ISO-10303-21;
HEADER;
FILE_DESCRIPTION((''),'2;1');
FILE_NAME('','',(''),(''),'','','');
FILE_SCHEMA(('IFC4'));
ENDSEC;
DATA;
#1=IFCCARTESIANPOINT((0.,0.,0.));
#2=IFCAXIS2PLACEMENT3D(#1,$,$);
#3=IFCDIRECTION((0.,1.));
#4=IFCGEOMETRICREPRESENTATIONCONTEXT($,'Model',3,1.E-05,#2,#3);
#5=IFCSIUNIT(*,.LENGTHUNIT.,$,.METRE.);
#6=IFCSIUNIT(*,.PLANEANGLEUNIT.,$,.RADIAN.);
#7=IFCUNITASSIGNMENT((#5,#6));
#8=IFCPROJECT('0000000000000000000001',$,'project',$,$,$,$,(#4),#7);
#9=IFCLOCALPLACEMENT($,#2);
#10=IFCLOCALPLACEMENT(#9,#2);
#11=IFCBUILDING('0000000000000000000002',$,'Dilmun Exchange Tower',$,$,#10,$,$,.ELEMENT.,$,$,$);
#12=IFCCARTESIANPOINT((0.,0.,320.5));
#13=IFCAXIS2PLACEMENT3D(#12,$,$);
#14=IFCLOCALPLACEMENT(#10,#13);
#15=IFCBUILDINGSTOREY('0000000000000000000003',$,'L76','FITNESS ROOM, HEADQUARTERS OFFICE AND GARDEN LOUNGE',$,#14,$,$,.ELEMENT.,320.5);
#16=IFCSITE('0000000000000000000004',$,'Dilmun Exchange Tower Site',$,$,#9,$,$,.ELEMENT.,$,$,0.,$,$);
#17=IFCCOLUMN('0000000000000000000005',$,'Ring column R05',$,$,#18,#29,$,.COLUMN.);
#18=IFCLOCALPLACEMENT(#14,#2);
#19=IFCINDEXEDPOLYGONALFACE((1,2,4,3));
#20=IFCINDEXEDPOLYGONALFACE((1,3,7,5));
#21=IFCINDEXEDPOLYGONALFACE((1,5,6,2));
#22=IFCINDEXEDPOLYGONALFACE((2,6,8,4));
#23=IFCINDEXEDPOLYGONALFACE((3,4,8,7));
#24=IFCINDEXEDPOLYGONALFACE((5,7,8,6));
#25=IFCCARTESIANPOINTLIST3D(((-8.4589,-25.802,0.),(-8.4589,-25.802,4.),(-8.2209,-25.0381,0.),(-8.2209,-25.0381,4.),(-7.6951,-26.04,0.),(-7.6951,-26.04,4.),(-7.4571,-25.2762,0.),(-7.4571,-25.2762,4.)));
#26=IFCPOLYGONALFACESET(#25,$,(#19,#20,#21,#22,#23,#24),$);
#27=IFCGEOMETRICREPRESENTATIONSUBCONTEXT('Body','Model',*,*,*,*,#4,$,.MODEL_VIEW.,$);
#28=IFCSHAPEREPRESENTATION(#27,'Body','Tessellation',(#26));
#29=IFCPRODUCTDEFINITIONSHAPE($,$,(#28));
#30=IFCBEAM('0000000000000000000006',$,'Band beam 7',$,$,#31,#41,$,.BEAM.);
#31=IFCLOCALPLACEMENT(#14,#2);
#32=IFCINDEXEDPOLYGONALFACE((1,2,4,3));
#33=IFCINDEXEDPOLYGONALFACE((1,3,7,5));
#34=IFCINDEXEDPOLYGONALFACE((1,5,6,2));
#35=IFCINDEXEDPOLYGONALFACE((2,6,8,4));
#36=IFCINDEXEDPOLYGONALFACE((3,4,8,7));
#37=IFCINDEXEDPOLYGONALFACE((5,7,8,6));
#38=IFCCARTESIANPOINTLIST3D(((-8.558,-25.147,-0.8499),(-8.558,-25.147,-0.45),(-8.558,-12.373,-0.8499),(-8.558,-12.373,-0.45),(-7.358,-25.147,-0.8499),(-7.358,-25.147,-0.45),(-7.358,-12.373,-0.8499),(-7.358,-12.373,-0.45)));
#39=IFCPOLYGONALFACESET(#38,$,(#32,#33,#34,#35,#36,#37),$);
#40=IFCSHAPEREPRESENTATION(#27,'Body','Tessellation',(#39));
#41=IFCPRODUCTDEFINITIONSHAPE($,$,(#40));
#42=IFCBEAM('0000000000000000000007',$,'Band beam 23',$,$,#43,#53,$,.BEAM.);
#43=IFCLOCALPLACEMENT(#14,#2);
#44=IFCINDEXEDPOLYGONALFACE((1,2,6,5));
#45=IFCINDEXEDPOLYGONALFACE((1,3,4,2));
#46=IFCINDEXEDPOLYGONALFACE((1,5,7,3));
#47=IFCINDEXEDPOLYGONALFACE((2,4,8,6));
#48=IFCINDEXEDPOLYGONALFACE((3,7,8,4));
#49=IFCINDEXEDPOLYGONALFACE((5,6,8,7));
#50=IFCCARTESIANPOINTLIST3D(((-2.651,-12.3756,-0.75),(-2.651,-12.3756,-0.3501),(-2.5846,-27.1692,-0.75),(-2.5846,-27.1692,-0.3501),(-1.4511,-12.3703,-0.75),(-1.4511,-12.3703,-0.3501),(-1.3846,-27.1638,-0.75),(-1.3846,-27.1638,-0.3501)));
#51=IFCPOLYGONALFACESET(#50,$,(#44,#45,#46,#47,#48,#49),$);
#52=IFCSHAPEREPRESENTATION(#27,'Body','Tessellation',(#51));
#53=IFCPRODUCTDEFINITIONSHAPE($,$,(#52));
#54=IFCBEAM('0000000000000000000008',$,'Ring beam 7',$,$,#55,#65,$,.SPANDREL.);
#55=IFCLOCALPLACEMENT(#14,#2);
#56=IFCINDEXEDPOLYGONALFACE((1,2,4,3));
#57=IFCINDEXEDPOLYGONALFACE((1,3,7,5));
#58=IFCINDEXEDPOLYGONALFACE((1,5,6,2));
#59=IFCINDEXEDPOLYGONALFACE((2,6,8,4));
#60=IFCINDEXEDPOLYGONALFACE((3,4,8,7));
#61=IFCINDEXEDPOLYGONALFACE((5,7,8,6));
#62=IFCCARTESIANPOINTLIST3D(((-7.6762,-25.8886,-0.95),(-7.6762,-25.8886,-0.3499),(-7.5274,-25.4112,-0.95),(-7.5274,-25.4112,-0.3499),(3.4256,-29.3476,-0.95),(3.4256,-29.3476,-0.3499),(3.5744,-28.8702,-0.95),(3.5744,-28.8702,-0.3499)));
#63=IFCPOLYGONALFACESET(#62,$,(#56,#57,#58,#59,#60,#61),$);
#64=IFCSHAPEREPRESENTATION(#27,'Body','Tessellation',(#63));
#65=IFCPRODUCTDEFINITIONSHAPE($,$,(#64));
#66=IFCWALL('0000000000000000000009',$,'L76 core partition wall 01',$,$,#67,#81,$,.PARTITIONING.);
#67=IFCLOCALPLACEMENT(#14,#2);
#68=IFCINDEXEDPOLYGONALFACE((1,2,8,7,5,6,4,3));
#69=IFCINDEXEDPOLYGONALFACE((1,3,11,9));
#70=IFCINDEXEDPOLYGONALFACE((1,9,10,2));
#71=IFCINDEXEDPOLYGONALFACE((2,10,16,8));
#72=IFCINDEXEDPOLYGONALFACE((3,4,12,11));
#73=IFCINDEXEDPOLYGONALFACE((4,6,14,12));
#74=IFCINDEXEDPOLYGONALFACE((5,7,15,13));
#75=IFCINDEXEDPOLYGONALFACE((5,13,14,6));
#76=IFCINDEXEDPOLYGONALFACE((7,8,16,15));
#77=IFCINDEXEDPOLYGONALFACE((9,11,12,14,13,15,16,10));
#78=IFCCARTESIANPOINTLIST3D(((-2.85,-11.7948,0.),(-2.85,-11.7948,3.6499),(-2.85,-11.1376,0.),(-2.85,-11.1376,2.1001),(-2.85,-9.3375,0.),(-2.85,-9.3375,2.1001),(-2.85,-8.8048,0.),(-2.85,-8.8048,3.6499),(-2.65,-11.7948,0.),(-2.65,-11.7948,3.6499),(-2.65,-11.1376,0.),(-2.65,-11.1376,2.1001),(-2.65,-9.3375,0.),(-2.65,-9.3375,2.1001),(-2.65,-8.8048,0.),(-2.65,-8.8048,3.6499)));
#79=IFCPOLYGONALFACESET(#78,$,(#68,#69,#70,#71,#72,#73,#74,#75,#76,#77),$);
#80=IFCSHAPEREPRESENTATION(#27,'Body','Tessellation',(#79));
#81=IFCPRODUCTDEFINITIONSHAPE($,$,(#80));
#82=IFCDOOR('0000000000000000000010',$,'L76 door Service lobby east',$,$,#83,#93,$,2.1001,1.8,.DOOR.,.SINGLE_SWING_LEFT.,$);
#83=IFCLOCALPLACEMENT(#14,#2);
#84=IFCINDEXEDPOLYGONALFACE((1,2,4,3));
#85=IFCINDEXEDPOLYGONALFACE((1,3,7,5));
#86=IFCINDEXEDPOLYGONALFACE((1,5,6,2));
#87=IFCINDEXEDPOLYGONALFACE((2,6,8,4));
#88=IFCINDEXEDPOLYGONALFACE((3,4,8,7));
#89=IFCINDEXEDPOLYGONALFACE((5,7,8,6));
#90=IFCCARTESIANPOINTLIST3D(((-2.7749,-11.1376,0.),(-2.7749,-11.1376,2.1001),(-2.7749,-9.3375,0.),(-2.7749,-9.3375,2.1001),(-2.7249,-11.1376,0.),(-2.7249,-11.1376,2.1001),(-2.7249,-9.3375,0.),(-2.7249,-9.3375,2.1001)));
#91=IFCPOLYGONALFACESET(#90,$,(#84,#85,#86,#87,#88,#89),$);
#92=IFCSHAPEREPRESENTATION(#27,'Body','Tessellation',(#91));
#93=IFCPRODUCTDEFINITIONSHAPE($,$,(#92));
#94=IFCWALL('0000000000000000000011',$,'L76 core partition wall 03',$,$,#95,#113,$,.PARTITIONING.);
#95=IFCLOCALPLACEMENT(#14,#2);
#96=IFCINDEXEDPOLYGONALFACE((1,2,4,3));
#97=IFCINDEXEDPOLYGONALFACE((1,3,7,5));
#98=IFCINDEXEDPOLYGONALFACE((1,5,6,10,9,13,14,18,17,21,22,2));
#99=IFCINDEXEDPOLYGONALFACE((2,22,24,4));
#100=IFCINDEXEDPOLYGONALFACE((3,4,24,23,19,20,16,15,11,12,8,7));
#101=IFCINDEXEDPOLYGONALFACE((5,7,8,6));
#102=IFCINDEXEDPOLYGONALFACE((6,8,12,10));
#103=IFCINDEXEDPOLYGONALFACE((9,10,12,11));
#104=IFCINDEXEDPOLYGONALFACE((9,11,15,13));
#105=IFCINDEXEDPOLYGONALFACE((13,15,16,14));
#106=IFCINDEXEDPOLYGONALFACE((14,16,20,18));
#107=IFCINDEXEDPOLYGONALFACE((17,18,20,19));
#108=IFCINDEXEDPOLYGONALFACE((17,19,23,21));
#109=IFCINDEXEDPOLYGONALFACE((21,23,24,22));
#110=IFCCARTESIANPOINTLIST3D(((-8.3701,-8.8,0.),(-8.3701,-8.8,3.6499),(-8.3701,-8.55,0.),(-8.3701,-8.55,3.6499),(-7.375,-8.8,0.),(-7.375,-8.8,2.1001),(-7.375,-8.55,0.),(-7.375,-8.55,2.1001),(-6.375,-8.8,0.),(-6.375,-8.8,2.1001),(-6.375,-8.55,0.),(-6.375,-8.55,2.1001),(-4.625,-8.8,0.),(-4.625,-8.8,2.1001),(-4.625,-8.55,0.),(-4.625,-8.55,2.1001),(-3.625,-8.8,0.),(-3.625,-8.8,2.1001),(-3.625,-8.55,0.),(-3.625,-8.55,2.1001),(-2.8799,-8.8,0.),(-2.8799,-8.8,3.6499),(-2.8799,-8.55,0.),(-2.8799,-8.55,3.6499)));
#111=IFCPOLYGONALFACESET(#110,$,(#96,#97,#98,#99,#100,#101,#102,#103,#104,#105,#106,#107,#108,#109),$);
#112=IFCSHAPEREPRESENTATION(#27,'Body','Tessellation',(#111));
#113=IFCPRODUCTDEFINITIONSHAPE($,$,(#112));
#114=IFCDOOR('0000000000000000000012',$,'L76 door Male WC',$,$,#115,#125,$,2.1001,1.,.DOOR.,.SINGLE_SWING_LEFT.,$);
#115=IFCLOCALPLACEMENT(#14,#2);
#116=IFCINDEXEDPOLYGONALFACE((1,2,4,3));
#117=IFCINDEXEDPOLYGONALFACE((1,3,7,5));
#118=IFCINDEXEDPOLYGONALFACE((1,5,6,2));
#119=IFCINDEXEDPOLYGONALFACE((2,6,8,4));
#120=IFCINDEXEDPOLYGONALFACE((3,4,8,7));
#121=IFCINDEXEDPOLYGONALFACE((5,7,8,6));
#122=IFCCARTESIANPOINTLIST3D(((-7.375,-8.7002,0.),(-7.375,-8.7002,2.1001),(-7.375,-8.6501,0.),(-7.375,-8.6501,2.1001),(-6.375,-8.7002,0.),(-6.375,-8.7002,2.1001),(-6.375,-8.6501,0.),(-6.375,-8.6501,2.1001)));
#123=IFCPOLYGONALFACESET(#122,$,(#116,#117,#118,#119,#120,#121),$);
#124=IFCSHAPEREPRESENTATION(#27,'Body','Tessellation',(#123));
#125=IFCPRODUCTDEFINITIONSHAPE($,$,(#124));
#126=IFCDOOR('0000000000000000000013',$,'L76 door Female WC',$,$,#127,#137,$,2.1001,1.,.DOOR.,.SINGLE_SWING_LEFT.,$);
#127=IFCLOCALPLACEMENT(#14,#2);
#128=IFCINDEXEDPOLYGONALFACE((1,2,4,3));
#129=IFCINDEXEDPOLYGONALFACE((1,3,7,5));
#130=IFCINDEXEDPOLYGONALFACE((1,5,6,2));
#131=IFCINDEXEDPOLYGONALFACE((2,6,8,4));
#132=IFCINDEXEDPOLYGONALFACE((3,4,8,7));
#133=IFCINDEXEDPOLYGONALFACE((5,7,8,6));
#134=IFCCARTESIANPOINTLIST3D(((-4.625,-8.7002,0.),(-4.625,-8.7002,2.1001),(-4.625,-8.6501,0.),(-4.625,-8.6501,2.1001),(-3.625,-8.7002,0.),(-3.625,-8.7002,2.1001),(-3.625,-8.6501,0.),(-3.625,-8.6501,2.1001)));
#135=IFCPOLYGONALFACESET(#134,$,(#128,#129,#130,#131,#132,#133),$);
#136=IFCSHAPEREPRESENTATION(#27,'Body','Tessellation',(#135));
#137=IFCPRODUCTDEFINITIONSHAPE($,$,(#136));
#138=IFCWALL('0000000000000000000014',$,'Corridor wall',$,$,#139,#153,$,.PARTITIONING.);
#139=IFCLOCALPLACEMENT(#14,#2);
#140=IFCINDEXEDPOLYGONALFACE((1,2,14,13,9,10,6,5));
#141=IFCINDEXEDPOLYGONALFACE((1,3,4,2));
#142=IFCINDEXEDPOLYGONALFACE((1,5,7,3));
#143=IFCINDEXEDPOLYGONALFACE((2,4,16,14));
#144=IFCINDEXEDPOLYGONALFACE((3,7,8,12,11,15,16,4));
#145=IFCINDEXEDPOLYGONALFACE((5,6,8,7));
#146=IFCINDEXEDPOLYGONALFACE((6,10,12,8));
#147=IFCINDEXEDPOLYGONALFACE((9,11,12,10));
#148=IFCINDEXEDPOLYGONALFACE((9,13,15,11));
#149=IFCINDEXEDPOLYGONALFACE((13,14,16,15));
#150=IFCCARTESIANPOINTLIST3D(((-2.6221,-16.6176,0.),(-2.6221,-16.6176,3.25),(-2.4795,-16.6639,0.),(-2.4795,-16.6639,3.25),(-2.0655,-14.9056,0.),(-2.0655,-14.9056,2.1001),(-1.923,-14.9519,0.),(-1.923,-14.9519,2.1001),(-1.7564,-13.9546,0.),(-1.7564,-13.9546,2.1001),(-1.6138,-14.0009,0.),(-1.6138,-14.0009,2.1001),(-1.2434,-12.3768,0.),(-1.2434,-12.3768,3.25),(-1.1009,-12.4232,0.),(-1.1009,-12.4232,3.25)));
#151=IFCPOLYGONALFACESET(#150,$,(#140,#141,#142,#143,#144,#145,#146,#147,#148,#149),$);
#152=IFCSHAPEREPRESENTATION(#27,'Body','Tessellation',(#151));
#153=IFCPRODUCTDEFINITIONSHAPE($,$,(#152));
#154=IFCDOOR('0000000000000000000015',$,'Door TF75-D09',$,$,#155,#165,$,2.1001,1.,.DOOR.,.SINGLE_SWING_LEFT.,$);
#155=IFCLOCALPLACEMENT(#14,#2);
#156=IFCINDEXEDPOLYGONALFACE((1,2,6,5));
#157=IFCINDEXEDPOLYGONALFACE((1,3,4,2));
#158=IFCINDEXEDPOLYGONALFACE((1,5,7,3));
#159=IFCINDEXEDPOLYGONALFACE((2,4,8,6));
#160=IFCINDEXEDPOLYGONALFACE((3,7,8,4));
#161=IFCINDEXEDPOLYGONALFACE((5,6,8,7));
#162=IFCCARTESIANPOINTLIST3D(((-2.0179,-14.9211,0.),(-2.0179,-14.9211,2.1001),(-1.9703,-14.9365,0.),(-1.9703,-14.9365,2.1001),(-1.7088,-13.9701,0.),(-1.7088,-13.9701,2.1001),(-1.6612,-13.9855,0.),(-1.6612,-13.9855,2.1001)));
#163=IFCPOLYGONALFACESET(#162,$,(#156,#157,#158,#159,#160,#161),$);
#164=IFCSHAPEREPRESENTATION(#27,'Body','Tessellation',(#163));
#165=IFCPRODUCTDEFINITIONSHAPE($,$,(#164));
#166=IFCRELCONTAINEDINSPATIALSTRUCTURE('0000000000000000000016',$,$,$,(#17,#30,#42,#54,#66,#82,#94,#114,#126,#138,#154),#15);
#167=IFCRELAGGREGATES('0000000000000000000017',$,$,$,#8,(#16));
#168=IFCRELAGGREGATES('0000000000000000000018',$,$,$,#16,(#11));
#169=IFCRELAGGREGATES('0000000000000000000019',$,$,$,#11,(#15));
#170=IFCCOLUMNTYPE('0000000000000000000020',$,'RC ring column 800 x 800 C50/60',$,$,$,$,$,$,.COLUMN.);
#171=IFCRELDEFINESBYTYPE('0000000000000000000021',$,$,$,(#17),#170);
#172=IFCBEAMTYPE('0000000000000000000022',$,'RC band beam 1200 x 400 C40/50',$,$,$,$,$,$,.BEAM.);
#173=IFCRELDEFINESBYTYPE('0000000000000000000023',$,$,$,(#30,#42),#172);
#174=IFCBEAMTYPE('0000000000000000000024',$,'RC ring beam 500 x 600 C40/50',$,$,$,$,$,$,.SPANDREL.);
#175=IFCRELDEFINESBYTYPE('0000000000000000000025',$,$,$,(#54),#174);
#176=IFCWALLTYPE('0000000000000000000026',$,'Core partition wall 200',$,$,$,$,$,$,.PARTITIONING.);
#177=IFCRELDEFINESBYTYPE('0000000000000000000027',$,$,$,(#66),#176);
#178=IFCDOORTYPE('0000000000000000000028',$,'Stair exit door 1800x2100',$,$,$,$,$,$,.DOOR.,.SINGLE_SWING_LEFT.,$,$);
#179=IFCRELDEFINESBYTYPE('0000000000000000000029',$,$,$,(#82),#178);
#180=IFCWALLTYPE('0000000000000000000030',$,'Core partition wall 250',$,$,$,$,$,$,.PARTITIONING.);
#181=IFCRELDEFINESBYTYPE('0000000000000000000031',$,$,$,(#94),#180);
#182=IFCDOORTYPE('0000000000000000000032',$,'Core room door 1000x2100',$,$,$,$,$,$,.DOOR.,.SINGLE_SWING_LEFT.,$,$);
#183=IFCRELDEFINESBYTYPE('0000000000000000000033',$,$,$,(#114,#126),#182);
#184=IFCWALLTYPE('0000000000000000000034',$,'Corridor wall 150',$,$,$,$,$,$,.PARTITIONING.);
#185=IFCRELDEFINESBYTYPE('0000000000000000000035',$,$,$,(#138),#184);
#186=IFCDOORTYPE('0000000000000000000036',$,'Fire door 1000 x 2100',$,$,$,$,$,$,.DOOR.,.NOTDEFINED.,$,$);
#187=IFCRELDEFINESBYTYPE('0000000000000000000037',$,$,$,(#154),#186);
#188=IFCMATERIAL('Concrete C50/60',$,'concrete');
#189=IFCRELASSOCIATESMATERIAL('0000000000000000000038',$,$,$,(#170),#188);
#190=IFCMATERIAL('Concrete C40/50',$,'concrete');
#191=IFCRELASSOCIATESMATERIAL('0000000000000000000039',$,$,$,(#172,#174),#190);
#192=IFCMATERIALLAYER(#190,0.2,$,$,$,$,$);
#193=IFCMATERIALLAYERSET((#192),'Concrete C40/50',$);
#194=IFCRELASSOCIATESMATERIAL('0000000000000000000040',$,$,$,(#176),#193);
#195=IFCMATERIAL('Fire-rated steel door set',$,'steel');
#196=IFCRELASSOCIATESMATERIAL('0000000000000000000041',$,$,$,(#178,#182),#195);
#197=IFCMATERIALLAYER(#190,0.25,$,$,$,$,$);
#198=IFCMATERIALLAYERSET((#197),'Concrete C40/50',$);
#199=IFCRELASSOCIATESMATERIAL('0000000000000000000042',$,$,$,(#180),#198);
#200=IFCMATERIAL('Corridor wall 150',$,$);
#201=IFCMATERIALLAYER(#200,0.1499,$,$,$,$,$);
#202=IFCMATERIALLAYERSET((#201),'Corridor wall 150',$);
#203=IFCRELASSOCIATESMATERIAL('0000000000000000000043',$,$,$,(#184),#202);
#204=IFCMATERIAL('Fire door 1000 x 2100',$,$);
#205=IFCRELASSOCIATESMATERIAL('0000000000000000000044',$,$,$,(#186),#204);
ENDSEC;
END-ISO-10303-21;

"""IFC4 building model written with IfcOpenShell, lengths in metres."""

from ifc_helpers import new_model, si_unit, direction, frame, frame_2d, origin, origin_2d, place, context, subcontext, project, spatial, rectangle, extrude, material, layer, layer_set, material_profile, profile_set, type_object, element, fill, save


model = new_model("IFC4")

# Units and contexts
model_context = context("Model", 3, precision=1e-05, world=origin(), true_north=direction((0.0, 1.0)))
body_context = subcontext(model_context, "Body", "Model", "MODEL_VIEW")
ifc_project = project(units=[si_unit("LENGTHUNIT", "METRE"), si_unit("PLANEANGLEUNIT", "RADIAN")], contexts=[model_context])

# Site, building, storey
site_placement = place(None, origin())
site = spatial("IfcSite", under=ifc_project, at=site_placement, Name="Dilmun Exchange Tower Site", CompositionType="ELEMENT", RefElevation=0.0)
building_placement = place(site_placement, origin())
building = spatial("IfcBuilding", under=site, at=building_placement, Name="Dilmun Exchange Tower", CompositionType="ELEMENT")
storey_placement = place(building_placement, frame((0.0, 0.0, 320.5)))
storey = spatial("IfcBuildingStorey", under=building, at=storey_placement, Name="L76", Description="FITNESS ROOM, HEADQUARTERS OFFICE AND GARDEN LOUNGE", CompositionType="ELEMENT", Elevation=320.5)

# Column
ifc_material_1 = material(Name="Concrete C50/60", Category="concrete")
ifc_material_profile_1 = material_profile(ifc_material_1, rectangle(XDim=0.8, YDim=0.8, at=origin_2d()), Name="800 x 800")
ifc_profile_set_1 = profile_set([ifc_material_profile_1], Name="Concrete C50/60")
column_type = type_object("IfcColumnType", Name="RC ring column 800 x 800 C50/60", PredefinedType="COLUMN", material=ifc_profile_set_1)
column_placement = place(storey_placement, frame((-7.958, -25.5391, 0.0), z_axis=(0.0, 0.0, 1.0), x_axis=(0.297503, 0.954721, 0.0)))
element("IfcColumn", 1, at=column_placement, inside=storey, type_object=column_type, Name="Ring column R05", PredefinedType="COLUMN", context=body_context, shape_type="SweptSolid", body=[
    extrude(rectangle(XDim=0.8, YDim=0.8, at=origin_2d()), origin(), (0.0, 0.0, 1.0), 4.0),
])

# Beams
ifc_material_2 = material(Name="Concrete C40/50", Category="concrete")
ifc_material_profile_2 = material_profile(ifc_material_2, rectangle(XDim=1.2, YDim=0.3999, at=origin_2d()), Name="1200 x 400")
ifc_profile_set_2 = profile_set([ifc_material_profile_2], Name="Concrete C40/50")
beam_type_1 = type_object("IfcBeamType", Name="RC band beam 1200 x 400 C40/50", PredefinedType="BEAM", material=ifc_profile_set_2)
beam_1_placement = place(storey_placement, frame((-7.958, -25.147, -0.6499), z_axis=(0.0, 1.0, 0.0), x_axis=(-1.0, 0.0, 0.0)))
element("IfcBeam", 2, at=beam_1_placement, inside=storey, type_object=beam_type_1, Name="Band beam 7", PredefinedType="BEAM", context=body_context, shape_type="SweptSolid", body=[
    extrude(rectangle(XDim=1.2, YDim=0.3999, at=origin_2d()), origin(), (0.0, 0.0, 1.0), 12.7739),
])
beam_2_placement = place(storey_placement, frame((-1.9846, -27.1665, -0.55), z_axis=(-0.004489, 0.99999, 0.0), x_axis=(-0.99999, -0.004489, 0.0)))
element("IfcBeam", 3, at=beam_2_placement, inside=storey, type_object=beam_type_1, Name="Band beam 23", PredefinedType="BEAM", context=body_context, shape_type="SweptSolid", body=[
    extrude(rectangle(XDim=1.2, YDim=0.3999, at=origin_2d()), origin(), (0.0, 0.0, 1.0), 14.7937),
])
ifc_material_profile_3 = material_profile(ifc_material_2, rectangle(XDim=0.5, YDim=0.6001, at=origin_2d()), Name="500 x 600")
ifc_profile_set_3 = profile_set([ifc_material_profile_3], Name="Concrete C40/50")
beam_type_2 = type_object("IfcBeamType", Name="RC ring beam 500 x 600 C40/50", PredefinedType="SPANDREL", material=ifc_profile_set_3)
beam_3_placement = place(storey_placement, frame((-7.6018, -25.6499, -0.6499), z_axis=(0.954733, -0.297466, 0.0), x_axis=(0.297466, 0.954733, 0.0)))
element("IfcBeam", 4, at=beam_3_placement, inside=storey, type_object=beam_type_2, Name="Ring beam 7", PredefinedType="SPANDREL", context=body_context, shape_type="SweptSolid", body=[
    extrude(rectangle(XDim=0.5, YDim=0.6001, at=origin_2d()), origin(), (0.0, 0.0, 1.0), 11.6282),
])

# Wall, opening, door
ifc_layer_1 = layer(ifc_material_2, 0.2)
ifc_layer_set_1 = layer_set([ifc_layer_1], Name="Concrete C40/50")
wall_type_1 = type_object("IfcWallType", Name="Core partition wall 200", PredefinedType="PARTITIONING", material=ifc_layer_set_1)
wall_1_placement = place(storey_placement, frame((-2.75, -11.7949, 0.0), z_axis=(0.0, 0.0, 1.0), x_axis=(0.0, 1.0, 0.0)))
wall_1 = element("IfcWall", 5, at=wall_1_placement, inside=storey, type_object=wall_type_1, Name="L76 core partition wall 01", PredefinedType="PARTITIONING", context=body_context, shape_type="SweptSolid", body=[
    extrude(rectangle(XDim=2.99, YDim=0.2, at=frame_2d((1.4951, 0.0))), origin(), (0.0, 0.0, 1.0), 3.6499),
])
opening_1_placement = place(wall_1_placement, frame((0.6575, 0.0, 0.0)))
opening_1 = element("IfcOpeningElement", 6, at=opening_1_placement, cuts=wall_1, PredefinedType="OPENING", context=body_context, shape_type="SweptSolid", body=[
    extrude(rectangle(XDim=1.8, YDim=2.1001, at=frame_2d((0.8999, 1.05))), frame((0.0, 0.1099, 0.0), z_axis=(0.0, -1.0, 0.0), x_axis=(1.0, 0.0, 0.0)), (0.0, 0.0, 1.0), 0.22),
])
ifc_material_3 = material(Name="Fire-rated steel door set", Category="steel")
door_type_1 = type_object("IfcDoorType", Name="Stair exit door 1800x2100", OperationType="SINGLE_SWING_LEFT", PredefinedType="DOOR", material=ifc_material_3)
door_1_placement = place(opening_1_placement, origin())
door_1 = element("IfcDoor", 7, at=door_1_placement, inside=storey, type_object=door_type_1, Name="L76 door Service lobby east", OperationType="SINGLE_SWING_LEFT", OverallHeight=2.1001, OverallWidth=1.8, PredefinedType="DOOR", context=body_context, shape_type="SweptSolid", body=[
    extrude(rectangle(XDim=1.8, YDim=2.1001, at=frame_2d((0.8999, 1.05))), frame((0.0, 0.0249, 0.0), z_axis=(0.0, -1.0, 0.0), x_axis=(1.0, 0.0, 0.0)), (0.0, 0.0, 1.0), 0.05),
])
fill(opening_1, door_1)

# Wall, openings, doors
ifc_layer_2 = layer(ifc_material_2, 0.25)
ifc_layer_set_2 = layer_set([ifc_layer_2], Name="Concrete C40/50")
wall_type_2 = type_object("IfcWallType", Name="Core partition wall 250", PredefinedType="PARTITIONING", material=ifc_layer_set_2)
wall_2_placement = place(storey_placement, frame((-8.3701, -8.675, 0.0), z_axis=(0.0, 0.0, 1.0), x_axis=(1.0, 0.0, 0.0)))
wall_2 = element("IfcWall", 8, at=wall_2_placement, inside=storey, type_object=wall_type_2, Name="L76 core partition wall 03", PredefinedType="PARTITIONING", context=body_context, shape_type="SweptSolid", body=[
    extrude(rectangle(XDim=5.4902, YDim=0.25, at=frame_2d((2.7451, 0.0))), origin(), (0.0, 0.0, 1.0), 3.6499),
])
opening_2_placement = place(wall_2_placement, frame((0.9951, 0.0, 0.0)))
opening_2 = element("IfcOpeningElement", 9, at=opening_2_placement, cuts=wall_2, PredefinedType="OPENING", context=body_context, shape_type="SweptSolid", body=[
    extrude(rectangle(XDim=1.0, YDim=2.1001, at=frame_2d((0.5, 1.05))), frame((0.0, 0.135, 0.0), z_axis=(0.0, -1.0, 0.0), x_axis=(1.0, 0.0, 0.0)), (0.0, 0.0, 1.0), 0.27),
])
opening_3_placement = place(wall_2_placement, frame((3.7451, 0.0, 0.0)))
opening_3 = element("IfcOpeningElement", 10, at=opening_3_placement, cuts=wall_2, PredefinedType="OPENING", context=body_context, shape_type="SweptSolid", body=[
    extrude(rectangle(XDim=1.0, YDim=2.1001, at=frame_2d((0.5, 1.05))), frame((0.0, 0.135, 0.0), z_axis=(0.0, -1.0, 0.0), x_axis=(1.0, 0.0, 0.0)), (0.0, 0.0, 1.0), 0.27),
])
door_type_2 = type_object("IfcDoorType", Name="Core room door 1000x2100", OperationType="SINGLE_SWING_LEFT", PredefinedType="DOOR", material=ifc_material_3)
door_2_placement = place(opening_2_placement, origin())
door_2 = element("IfcDoor", 11, at=door_2_placement, inside=storey, type_object=door_type_2, Name="L76 door Male WC", OperationType="SINGLE_SWING_LEFT", OverallHeight=2.1001, OverallWidth=1.0, PredefinedType="DOOR", context=body_context, shape_type="SweptSolid", body=[
    extrude(rectangle(XDim=1.0, YDim=2.1001, at=frame_2d((0.5, 1.05))), frame((0.0, 0.0249, 0.0), z_axis=(0.0, -1.0, 0.0), x_axis=(1.0, 0.0, 0.0)), (0.0, 0.0, 1.0), 0.05),
])
fill(opening_2, door_2)
door_3_placement = place(opening_3_placement, origin())
door_3 = element("IfcDoor", 12, at=door_3_placement, inside=storey, type_object=door_type_2, Name="L76 door Female WC", OperationType="SINGLE_SWING_LEFT", OverallHeight=2.1001, OverallWidth=1.0, PredefinedType="DOOR", context=body_context, shape_type="SweptSolid", body=[
    extrude(rectangle(XDim=1.0, YDim=2.1001, at=frame_2d((0.5, 1.05))), frame((0.0, 0.0249, 0.0), z_axis=(0.0, -1.0, 0.0), x_axis=(1.0, 0.0, 0.0)), (0.0, 0.0, 1.0), 0.05),
])
fill(opening_3, door_3)

# Wall, opening, door
ifc_material_4 = material(Name="Corridor wall 150")
ifc_layer_3 = layer(ifc_material_4, 0.1499)
ifc_layer_set_3 = layer_set([ifc_layer_3], Name="Corridor wall 150")
wall_type_3 = type_object("IfcWallType", Name="Corridor wall 150", PredefinedType="PARTITIONING", material=ifc_layer_set_3)
wall_3_placement = place(storey_placement, frame((-2.5508, -16.6406, 0.0), z_axis=(0.0, 0.0, 1.0), x_axis=(0.309173, 0.951006, 0.0)))
wall_3 = element("IfcWall", 13, at=wall_3_placement, inside=storey, type_object=wall_type_3, Name="Corridor wall", PredefinedType="PARTITIONING", context=body_context, shape_type="SweptSolid", body=[
    extrude(rectangle(XDim=4.4592, YDim=0.1499, at=frame_2d((2.2295, 0.0))), origin(), (0.0, 0.0, 1.0), 3.25),
])
opening_4_placement = place(wall_3_placement, frame((1.8, 0.0, 0.0)))
opening_4 = element("IfcOpeningElement", 14, at=opening_4_placement, cuts=wall_3, PredefinedType="OPENING", context=body_context, shape_type="SweptSolid", body=[
    extrude(rectangle(XDim=1.0, YDim=2.1001, at=frame_2d((0.5, 1.05))), frame((0.0, 0.085, 0.0), z_axis=(0.0, -1.0, 0.0), x_axis=(1.0, 0.0, 0.0)), (0.0, 0.0, 1.0), 0.1699),
])
ifc_material_5 = material(Name="Fire door 1000 x 2100")
door_type_3 = type_object("IfcDoorType", Name="Fire door 1000 x 2100", OperationType="NOTDEFINED", PredefinedType="DOOR", material=ifc_material_5)
door_4_placement = place(opening_4_placement, origin())
door_4 = element("IfcDoor", 15, at=door_4_placement, inside=storey, type_object=door_type_3, Name="Door TF75-D09", OperationType="SINGLE_SWING_LEFT", OverallHeight=2.1001, OverallWidth=1.0, PredefinedType="DOOR", context=body_context, shape_type="SweptSolid", body=[
    extrude(rectangle(XDim=1.0, YDim=2.1001, at=frame_2d((0.5, 1.05))), frame((0.0, 0.0249, 0.0), z_axis=(0.0, -1.0, 0.0), x_axis=(1.0, 0.0, 0.0)), (0.0, 0.0, 1.0), 0.05),
])
fill(opening_4, door_4)

save(model, "model.ifc")
